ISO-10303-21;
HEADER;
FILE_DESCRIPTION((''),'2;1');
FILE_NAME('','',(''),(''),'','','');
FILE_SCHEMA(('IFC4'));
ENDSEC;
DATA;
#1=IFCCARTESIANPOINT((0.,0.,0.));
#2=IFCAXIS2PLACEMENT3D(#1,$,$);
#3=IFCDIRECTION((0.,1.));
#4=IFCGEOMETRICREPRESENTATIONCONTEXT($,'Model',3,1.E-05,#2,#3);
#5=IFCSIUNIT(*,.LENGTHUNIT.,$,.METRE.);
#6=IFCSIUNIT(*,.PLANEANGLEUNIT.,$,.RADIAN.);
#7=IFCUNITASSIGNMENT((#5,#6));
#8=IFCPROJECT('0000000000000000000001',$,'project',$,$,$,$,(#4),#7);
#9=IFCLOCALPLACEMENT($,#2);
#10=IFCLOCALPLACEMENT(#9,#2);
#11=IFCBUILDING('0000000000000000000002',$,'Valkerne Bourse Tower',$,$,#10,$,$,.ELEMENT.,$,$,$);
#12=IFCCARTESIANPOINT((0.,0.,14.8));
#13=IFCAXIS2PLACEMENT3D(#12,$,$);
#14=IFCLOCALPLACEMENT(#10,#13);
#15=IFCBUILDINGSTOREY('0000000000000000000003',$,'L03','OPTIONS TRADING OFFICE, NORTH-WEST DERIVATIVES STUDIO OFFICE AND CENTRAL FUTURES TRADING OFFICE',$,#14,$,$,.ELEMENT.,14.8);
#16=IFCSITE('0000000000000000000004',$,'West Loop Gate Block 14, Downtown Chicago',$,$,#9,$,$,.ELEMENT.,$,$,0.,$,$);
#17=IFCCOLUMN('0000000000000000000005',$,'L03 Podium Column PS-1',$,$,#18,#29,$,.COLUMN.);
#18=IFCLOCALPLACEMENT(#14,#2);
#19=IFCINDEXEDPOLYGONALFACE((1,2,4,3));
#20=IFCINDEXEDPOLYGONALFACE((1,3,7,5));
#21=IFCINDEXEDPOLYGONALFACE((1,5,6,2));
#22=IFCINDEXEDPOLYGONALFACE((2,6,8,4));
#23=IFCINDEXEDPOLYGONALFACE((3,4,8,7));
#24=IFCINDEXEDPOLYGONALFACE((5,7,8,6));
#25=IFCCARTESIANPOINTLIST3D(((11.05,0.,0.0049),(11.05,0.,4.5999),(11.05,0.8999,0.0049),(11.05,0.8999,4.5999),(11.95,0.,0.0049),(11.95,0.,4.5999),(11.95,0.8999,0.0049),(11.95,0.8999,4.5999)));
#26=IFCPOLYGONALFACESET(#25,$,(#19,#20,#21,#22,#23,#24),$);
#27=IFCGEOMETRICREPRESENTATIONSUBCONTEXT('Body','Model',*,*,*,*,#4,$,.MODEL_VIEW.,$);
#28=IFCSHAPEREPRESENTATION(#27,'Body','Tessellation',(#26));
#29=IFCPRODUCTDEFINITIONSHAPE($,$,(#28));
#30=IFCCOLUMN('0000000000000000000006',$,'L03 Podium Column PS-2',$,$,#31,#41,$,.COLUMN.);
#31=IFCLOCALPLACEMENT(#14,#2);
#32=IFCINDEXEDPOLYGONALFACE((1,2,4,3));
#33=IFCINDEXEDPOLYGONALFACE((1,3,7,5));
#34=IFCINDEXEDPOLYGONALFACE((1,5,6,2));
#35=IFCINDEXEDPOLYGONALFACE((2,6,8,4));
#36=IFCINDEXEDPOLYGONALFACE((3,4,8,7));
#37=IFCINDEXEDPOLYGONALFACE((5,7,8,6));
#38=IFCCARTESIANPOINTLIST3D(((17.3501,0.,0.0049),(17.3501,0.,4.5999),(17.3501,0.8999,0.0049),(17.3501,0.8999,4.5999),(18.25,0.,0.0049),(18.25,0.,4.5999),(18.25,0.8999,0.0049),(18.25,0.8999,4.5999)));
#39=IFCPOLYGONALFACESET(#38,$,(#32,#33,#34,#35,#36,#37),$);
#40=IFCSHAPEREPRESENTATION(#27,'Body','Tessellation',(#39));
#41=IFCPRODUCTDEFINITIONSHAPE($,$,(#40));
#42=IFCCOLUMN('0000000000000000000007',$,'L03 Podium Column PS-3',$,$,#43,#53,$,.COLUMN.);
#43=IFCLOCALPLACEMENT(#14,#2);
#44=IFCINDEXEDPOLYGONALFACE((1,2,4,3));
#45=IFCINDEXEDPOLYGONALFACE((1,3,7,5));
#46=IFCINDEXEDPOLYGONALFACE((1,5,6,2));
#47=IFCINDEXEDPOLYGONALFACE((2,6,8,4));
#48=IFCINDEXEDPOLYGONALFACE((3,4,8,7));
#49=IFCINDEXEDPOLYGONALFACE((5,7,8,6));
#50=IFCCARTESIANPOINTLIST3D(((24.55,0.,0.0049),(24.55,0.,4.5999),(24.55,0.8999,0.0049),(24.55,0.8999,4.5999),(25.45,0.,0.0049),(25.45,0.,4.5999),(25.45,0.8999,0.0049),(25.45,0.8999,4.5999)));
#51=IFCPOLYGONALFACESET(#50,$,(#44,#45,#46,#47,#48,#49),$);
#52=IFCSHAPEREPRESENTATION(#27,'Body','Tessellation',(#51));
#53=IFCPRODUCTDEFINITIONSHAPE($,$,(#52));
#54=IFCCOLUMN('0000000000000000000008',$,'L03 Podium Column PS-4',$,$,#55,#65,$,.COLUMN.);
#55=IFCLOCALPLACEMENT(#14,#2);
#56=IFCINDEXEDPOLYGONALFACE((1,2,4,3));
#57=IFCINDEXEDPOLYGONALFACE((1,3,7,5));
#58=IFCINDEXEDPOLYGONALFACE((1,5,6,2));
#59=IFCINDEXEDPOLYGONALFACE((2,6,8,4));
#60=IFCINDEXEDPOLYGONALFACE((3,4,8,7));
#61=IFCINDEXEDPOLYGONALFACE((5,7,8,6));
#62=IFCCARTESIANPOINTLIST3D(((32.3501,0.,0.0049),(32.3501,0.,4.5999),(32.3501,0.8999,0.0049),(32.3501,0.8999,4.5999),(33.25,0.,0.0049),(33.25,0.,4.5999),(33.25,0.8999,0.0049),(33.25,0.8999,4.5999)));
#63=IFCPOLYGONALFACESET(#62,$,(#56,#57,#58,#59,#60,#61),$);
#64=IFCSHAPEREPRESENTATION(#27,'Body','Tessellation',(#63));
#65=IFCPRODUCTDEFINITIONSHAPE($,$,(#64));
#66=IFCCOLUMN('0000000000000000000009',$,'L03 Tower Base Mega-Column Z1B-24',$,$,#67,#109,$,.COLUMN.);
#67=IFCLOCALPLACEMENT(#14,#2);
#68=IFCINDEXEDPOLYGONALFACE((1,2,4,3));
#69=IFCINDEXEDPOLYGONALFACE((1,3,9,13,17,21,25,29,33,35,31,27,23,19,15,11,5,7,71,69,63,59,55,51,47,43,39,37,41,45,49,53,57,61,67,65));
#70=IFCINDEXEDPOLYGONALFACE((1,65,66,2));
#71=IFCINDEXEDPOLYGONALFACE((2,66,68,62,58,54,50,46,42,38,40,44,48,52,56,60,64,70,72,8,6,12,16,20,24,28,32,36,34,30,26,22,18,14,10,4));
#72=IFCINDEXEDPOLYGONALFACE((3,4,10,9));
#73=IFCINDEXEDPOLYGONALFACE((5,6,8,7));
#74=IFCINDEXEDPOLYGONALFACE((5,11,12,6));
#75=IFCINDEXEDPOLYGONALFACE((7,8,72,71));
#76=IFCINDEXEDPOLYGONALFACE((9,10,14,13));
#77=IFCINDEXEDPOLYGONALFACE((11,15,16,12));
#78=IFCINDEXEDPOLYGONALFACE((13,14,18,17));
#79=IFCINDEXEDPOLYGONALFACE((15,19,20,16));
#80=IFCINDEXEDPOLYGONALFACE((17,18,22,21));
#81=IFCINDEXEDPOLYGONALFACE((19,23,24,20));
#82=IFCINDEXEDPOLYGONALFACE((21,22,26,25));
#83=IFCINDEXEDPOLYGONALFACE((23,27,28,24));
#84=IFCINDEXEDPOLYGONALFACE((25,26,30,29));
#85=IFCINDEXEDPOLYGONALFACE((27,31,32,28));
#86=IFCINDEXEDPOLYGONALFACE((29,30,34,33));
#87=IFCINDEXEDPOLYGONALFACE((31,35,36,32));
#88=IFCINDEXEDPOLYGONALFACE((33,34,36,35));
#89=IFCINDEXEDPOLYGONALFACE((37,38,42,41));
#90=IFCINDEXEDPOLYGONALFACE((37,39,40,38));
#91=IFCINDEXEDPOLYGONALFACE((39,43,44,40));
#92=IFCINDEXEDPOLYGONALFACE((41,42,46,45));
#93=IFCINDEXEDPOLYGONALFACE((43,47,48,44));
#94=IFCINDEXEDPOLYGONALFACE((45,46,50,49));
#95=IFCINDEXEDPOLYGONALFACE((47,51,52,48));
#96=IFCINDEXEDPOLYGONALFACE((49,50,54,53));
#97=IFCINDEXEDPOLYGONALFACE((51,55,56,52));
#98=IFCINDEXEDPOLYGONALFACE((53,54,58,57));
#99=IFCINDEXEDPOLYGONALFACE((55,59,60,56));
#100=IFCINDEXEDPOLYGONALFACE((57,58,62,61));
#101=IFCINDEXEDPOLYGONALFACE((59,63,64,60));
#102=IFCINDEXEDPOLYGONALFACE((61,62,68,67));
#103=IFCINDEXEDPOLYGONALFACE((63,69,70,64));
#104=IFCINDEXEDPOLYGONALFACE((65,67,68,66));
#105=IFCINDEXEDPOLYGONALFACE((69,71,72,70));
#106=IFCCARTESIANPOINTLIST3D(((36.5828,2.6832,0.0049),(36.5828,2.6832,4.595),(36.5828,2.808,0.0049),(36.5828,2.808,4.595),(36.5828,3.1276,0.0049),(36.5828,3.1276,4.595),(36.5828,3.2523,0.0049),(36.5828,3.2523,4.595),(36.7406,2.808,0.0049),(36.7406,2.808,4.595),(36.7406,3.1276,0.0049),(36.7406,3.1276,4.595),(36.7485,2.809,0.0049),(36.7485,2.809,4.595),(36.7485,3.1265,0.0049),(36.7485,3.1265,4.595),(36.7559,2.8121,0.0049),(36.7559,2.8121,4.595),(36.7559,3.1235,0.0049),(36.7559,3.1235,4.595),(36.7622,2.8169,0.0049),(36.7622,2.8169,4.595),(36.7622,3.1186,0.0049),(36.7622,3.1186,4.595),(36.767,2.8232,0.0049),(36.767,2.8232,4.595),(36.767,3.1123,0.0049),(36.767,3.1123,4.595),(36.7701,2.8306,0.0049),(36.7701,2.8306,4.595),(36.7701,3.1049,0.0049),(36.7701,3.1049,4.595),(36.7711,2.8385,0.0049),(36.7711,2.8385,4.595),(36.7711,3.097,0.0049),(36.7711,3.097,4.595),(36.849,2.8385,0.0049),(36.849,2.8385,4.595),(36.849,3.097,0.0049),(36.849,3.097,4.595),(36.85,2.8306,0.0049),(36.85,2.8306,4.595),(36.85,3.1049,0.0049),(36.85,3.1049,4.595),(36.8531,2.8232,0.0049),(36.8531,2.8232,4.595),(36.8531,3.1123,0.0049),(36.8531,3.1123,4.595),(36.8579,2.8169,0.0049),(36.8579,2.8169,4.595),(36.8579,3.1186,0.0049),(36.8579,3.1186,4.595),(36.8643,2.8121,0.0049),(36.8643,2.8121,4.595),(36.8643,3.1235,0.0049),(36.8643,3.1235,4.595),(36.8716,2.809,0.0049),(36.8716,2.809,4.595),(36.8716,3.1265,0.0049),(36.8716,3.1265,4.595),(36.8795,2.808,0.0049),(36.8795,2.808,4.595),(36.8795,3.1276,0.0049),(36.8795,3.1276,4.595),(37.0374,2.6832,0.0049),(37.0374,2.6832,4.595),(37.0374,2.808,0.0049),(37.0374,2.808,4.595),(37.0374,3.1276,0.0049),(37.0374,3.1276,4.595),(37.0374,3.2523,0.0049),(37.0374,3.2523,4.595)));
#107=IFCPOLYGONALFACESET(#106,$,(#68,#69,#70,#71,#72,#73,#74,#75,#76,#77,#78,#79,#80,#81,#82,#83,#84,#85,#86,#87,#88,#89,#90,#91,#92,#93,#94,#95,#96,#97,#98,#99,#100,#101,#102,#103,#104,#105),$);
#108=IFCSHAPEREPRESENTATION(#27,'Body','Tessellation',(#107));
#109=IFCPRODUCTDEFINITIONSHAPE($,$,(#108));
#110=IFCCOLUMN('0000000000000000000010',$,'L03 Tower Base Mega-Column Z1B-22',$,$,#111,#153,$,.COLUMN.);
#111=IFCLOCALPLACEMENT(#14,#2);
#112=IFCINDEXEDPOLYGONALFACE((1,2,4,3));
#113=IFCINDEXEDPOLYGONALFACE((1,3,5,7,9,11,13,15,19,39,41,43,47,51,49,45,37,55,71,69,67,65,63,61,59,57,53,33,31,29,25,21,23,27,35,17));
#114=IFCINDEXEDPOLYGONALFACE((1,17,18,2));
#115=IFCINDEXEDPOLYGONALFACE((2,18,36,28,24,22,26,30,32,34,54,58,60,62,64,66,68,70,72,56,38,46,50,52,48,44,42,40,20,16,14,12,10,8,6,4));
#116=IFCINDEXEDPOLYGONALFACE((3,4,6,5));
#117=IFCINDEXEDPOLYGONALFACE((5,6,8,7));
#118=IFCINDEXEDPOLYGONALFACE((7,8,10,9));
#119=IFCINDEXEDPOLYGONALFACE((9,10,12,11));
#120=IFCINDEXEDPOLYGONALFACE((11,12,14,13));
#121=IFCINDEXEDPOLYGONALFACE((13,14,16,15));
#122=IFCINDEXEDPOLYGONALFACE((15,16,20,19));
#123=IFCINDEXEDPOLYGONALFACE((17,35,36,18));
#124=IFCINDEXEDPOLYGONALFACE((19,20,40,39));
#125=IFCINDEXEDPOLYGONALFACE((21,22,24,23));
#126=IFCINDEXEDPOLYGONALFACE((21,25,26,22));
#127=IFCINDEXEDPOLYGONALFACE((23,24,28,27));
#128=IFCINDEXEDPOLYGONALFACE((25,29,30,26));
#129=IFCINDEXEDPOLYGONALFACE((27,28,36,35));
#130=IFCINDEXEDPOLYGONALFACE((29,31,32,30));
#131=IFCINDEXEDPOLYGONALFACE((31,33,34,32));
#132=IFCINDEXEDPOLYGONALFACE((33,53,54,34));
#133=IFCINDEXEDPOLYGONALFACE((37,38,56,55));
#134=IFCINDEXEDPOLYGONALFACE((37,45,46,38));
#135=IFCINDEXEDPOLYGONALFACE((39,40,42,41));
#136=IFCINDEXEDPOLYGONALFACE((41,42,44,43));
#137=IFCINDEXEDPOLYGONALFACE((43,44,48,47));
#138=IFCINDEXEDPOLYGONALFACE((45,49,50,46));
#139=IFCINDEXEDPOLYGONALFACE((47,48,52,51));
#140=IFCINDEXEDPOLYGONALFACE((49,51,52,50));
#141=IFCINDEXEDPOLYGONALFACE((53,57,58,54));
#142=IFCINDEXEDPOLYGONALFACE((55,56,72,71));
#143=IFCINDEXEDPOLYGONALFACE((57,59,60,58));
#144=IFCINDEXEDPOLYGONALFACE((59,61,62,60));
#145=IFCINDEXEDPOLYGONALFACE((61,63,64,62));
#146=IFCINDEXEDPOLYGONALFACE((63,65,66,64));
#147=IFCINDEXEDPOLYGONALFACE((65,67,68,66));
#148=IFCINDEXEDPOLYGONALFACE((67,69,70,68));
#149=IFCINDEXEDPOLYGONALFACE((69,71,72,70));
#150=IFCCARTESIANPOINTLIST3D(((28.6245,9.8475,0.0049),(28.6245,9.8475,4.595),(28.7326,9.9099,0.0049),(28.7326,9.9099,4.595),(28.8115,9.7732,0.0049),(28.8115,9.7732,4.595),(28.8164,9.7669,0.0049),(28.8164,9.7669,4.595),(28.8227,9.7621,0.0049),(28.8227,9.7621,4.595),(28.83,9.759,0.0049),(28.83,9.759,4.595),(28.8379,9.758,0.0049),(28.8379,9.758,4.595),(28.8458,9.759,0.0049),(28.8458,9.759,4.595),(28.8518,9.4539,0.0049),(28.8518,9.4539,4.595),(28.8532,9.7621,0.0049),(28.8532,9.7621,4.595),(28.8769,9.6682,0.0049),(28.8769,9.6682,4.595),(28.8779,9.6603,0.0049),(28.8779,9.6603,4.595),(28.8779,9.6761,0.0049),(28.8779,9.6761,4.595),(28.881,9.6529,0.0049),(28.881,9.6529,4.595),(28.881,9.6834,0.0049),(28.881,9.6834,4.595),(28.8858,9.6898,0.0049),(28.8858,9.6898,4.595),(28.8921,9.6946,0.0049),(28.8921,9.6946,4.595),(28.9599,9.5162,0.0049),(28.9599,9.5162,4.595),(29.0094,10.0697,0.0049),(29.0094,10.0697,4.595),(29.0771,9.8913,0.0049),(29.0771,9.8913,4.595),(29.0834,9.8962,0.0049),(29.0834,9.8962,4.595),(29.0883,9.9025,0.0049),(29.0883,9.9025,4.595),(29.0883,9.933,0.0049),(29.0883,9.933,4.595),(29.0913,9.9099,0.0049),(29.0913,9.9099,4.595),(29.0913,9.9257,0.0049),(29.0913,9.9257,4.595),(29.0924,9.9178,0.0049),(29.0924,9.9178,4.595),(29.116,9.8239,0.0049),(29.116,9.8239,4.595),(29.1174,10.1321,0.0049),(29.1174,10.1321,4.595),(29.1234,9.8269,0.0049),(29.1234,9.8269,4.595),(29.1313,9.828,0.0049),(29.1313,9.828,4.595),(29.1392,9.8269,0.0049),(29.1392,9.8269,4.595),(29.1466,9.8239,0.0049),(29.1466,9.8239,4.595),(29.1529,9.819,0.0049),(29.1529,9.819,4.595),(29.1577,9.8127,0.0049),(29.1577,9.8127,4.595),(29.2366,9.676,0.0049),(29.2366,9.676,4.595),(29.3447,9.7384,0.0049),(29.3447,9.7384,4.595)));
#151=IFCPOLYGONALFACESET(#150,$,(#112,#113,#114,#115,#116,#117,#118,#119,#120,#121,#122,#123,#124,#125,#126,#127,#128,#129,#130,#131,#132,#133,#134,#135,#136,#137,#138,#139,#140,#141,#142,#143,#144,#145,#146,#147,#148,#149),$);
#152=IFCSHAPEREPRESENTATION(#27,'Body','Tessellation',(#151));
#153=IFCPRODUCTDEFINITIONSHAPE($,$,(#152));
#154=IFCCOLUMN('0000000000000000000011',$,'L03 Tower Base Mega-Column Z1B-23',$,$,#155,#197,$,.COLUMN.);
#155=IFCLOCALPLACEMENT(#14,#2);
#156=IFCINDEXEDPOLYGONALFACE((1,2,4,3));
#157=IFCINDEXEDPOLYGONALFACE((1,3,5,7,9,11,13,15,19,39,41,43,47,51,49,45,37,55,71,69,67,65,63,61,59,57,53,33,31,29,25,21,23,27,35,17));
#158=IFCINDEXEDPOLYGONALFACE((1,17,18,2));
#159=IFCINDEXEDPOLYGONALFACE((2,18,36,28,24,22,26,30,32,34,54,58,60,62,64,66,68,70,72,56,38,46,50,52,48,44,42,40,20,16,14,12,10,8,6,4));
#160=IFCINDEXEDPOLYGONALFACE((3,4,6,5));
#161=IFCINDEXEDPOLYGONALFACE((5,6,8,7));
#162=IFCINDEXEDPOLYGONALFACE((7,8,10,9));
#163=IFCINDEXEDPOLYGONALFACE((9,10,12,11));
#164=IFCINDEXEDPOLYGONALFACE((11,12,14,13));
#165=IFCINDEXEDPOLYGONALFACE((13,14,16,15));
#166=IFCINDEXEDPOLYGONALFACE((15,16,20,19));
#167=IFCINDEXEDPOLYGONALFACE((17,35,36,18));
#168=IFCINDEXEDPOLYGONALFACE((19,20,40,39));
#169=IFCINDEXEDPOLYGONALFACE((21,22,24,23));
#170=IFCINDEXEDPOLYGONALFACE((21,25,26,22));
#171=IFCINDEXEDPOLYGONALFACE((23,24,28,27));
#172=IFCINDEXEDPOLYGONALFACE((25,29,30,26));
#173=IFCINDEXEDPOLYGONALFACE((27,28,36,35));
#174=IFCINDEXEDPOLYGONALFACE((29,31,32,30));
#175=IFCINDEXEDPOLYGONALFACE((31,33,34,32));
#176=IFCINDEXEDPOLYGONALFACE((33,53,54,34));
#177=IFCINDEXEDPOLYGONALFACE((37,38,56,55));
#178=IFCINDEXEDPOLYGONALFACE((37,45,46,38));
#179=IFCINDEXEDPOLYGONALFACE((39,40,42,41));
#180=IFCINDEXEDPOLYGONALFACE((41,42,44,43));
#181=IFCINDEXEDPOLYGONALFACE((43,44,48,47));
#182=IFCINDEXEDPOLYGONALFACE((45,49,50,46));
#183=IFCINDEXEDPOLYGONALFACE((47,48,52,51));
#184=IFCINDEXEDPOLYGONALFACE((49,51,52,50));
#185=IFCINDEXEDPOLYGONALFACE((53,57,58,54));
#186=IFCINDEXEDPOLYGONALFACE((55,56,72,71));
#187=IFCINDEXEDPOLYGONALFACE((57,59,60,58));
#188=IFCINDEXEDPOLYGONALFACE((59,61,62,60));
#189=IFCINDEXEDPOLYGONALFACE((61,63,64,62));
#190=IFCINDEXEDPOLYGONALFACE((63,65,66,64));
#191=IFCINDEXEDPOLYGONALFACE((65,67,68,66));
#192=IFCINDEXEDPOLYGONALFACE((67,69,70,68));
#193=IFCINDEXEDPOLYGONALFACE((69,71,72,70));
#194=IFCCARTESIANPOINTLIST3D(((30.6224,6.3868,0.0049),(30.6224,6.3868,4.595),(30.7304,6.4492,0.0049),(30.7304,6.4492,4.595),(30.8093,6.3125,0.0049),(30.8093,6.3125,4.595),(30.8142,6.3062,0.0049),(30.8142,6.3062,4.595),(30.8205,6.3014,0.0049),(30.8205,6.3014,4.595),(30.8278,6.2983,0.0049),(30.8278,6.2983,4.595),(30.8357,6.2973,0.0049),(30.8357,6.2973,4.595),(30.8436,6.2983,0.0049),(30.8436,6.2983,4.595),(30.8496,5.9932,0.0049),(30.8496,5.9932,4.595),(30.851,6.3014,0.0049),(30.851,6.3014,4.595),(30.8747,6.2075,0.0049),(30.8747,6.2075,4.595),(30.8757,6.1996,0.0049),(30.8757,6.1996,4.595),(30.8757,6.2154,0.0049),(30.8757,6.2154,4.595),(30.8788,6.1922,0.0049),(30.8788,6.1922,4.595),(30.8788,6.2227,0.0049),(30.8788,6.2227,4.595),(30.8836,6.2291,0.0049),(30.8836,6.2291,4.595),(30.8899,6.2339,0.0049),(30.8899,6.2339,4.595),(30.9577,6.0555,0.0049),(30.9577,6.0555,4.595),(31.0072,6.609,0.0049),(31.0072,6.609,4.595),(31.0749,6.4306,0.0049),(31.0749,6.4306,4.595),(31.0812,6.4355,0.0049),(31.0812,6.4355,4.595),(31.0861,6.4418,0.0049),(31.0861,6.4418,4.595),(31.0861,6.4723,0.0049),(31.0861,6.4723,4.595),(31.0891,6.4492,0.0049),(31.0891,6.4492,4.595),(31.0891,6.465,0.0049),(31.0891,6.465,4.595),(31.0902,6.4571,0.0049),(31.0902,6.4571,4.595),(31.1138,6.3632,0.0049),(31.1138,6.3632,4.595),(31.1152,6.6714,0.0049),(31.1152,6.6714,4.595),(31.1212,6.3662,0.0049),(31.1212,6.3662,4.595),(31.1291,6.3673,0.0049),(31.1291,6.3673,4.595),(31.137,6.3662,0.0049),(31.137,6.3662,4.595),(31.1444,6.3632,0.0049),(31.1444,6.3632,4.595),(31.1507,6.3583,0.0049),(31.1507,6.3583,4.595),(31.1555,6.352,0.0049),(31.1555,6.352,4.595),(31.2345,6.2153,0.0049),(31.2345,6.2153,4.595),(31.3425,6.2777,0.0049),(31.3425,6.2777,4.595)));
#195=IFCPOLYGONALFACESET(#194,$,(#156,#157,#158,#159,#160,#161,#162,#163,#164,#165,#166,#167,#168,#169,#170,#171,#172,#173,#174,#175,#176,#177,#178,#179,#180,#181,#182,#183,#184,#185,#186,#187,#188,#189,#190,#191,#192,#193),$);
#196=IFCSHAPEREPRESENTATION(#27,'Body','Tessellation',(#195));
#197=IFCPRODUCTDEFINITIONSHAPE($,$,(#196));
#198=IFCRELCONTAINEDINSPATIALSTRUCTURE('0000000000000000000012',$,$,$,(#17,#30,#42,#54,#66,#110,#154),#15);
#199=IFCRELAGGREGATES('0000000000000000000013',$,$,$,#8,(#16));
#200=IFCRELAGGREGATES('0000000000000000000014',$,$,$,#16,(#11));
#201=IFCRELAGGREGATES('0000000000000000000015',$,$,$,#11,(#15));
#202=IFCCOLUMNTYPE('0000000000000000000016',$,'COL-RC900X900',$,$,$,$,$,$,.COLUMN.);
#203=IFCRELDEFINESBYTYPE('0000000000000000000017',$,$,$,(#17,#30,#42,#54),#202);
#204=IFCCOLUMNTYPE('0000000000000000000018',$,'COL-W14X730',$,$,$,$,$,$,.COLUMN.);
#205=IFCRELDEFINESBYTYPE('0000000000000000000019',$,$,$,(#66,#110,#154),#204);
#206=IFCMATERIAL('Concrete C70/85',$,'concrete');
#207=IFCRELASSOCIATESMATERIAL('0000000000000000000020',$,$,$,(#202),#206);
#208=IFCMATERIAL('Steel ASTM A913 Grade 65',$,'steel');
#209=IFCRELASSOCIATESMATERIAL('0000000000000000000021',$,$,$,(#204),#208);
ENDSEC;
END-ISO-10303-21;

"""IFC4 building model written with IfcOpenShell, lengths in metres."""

from ifc_helpers import new_model, si_unit, direction, frame, origin, origin_2d, place, context, subcontext, project, spatial, rectangle, i_section, extrude, material, material_profile, profile_set, type_object, element, save


model = new_model("IFC4")

# Units and contexts
model_context = context("Model", 3, precision=1e-05, world=origin(), true_north=direction((0.0, 1.0)))
body_context = subcontext(model_context, "Body", "Model", "MODEL_VIEW")
ifc_project = project(units=[si_unit("LENGTHUNIT", "METRE"), si_unit("PLANEANGLEUNIT", "RADIAN")], contexts=[model_context])

# Site, building, storey
site_placement = place(None, origin())
site = spatial("IfcSite", under=ifc_project, at=site_placement, Name="West Loop Gate Block 14, Downtown Chicago", CompositionType="ELEMENT", RefElevation=0.0)
building_placement = place(site_placement, origin())
building = spatial("IfcBuilding", under=site, at=building_placement, Name="Valkerne Bourse Tower", CompositionType="ELEMENT")
storey_placement = place(building_placement, frame((0.0, 0.0, 14.8)))
storey = spatial("IfcBuildingStorey", under=building, at=storey_placement, Name="L03", Description="OPTIONS TRADING OFFICE, NORTH-WEST DERIVATIVES STUDIO OFFICE AND CENTRAL FUTURES TRADING OFFICE", CompositionType="ELEMENT", Elevation=14.8)

# Columns
ifc_material_1 = material(Name="Concrete C70/85", Category="concrete")
ifc_material_profile_1 = material_profile(ifc_material_1, rectangle(XDim=0.8999, YDim=0.8999, at=origin_2d()), Name="RC900X900")
ifc_profile_set_1 = profile_set([ifc_material_profile_1], Name="Concrete C70/85")
column_type_1 = type_object("IfcColumnType", Name="COL-RC900X900", PredefinedType="COLUMN", material=ifc_profile_set_1)
for number, where, z_axis, x_axis, name in (
    (1, (11.5, 0.45, 0.0049), (0.0, 0.0, 1.0), (1.0, 0.0, 0.0), "L03 Podium Column PS-1"),
    (2, (17.8, 0.45, 0.0049), (0.0, 0.0, 1.0), (1.0, 0.0, 0.0), "L03 Podium Column PS-2"),
    (3, (25.0, 0.45, 0.0049), (0.0, 0.0, 1.0), (1.0, 0.0, 0.0), "L03 Podium Column PS-3"),
    (4, (32.8, 0.45, 0.0049), (0.0, 0.0, 1.0), (1.0, 0.0, 0.0), "L03 Podium Column PS-4"),
):
    element("IfcColumn", number, at=place(storey_placement, frame(where, z_axis=z_axis, x_axis=x_axis)), inside=storey, type_object=column_type_1, Name=name, PredefinedType="COLUMN", context=body_context, shape_type="SweptSolid", body=[
        extrude(rectangle(XDim=0.8999, YDim=0.8999, at=origin_2d()), origin(), (0.0, 0.0, 1.0), 4.595),
    ])
ifc_material_2 = material(Name="Steel ASTM A913 Grade 65", Category="steel")
ifc_material_profile_2 = material_profile(ifc_material_2, i_section(OverallWidth=0.4546, OverallDepth=0.5691, WebThickness=0.0779, FlangeThickness=0.1248, FilletRadius=0.0305, at=origin_2d()), Name="W14X730")
ifc_profile_set_2 = profile_set([ifc_material_profile_2], Name="Steel ASTM A913 Grade 65")
column_type_2 = type_object("IfcColumnType", Name="COL-W14X730", PredefinedType="COLUMN", material=ifc_profile_set_2)
for number, where, z_axis, x_axis, name in (
    (5, (36.8101, 2.9678, 0.0049), (0.0, 0.0, 1.0), (1.0, 0.0, 0.0), "L03 Tower Base Mega-Column Z1B-24"),
    (6, (28.9846, 9.793, 0.0049), (0.0, 0.0, 1.0), (0.5, -0.866025, 0.0), "L03 Tower Base Mega-Column Z1B-22"),
    (7, (30.9824, 6.3323, 0.0049), (0.0, 0.0, 1.0), (0.5, -0.866025, 0.0), "L03 Tower Base Mega-Column Z1B-23"),
):
    element("IfcColumn", number, at=place(storey_placement, frame(where, z_axis=z_axis, x_axis=x_axis)), inside=storey, type_object=column_type_2, Name=name, PredefinedType="COLUMN", context=body_context, shape_type="SweptSolid", body=[
        extrude(i_section(OverallWidth=0.4546, OverallDepth=0.5691, WebThickness=0.0779, FlangeThickness=0.1248, FilletRadius=0.0305, at=origin_2d()), origin(), (0.0, 0.0, 1.0), 4.5901),
    ])

save(model, "model.ifc")
